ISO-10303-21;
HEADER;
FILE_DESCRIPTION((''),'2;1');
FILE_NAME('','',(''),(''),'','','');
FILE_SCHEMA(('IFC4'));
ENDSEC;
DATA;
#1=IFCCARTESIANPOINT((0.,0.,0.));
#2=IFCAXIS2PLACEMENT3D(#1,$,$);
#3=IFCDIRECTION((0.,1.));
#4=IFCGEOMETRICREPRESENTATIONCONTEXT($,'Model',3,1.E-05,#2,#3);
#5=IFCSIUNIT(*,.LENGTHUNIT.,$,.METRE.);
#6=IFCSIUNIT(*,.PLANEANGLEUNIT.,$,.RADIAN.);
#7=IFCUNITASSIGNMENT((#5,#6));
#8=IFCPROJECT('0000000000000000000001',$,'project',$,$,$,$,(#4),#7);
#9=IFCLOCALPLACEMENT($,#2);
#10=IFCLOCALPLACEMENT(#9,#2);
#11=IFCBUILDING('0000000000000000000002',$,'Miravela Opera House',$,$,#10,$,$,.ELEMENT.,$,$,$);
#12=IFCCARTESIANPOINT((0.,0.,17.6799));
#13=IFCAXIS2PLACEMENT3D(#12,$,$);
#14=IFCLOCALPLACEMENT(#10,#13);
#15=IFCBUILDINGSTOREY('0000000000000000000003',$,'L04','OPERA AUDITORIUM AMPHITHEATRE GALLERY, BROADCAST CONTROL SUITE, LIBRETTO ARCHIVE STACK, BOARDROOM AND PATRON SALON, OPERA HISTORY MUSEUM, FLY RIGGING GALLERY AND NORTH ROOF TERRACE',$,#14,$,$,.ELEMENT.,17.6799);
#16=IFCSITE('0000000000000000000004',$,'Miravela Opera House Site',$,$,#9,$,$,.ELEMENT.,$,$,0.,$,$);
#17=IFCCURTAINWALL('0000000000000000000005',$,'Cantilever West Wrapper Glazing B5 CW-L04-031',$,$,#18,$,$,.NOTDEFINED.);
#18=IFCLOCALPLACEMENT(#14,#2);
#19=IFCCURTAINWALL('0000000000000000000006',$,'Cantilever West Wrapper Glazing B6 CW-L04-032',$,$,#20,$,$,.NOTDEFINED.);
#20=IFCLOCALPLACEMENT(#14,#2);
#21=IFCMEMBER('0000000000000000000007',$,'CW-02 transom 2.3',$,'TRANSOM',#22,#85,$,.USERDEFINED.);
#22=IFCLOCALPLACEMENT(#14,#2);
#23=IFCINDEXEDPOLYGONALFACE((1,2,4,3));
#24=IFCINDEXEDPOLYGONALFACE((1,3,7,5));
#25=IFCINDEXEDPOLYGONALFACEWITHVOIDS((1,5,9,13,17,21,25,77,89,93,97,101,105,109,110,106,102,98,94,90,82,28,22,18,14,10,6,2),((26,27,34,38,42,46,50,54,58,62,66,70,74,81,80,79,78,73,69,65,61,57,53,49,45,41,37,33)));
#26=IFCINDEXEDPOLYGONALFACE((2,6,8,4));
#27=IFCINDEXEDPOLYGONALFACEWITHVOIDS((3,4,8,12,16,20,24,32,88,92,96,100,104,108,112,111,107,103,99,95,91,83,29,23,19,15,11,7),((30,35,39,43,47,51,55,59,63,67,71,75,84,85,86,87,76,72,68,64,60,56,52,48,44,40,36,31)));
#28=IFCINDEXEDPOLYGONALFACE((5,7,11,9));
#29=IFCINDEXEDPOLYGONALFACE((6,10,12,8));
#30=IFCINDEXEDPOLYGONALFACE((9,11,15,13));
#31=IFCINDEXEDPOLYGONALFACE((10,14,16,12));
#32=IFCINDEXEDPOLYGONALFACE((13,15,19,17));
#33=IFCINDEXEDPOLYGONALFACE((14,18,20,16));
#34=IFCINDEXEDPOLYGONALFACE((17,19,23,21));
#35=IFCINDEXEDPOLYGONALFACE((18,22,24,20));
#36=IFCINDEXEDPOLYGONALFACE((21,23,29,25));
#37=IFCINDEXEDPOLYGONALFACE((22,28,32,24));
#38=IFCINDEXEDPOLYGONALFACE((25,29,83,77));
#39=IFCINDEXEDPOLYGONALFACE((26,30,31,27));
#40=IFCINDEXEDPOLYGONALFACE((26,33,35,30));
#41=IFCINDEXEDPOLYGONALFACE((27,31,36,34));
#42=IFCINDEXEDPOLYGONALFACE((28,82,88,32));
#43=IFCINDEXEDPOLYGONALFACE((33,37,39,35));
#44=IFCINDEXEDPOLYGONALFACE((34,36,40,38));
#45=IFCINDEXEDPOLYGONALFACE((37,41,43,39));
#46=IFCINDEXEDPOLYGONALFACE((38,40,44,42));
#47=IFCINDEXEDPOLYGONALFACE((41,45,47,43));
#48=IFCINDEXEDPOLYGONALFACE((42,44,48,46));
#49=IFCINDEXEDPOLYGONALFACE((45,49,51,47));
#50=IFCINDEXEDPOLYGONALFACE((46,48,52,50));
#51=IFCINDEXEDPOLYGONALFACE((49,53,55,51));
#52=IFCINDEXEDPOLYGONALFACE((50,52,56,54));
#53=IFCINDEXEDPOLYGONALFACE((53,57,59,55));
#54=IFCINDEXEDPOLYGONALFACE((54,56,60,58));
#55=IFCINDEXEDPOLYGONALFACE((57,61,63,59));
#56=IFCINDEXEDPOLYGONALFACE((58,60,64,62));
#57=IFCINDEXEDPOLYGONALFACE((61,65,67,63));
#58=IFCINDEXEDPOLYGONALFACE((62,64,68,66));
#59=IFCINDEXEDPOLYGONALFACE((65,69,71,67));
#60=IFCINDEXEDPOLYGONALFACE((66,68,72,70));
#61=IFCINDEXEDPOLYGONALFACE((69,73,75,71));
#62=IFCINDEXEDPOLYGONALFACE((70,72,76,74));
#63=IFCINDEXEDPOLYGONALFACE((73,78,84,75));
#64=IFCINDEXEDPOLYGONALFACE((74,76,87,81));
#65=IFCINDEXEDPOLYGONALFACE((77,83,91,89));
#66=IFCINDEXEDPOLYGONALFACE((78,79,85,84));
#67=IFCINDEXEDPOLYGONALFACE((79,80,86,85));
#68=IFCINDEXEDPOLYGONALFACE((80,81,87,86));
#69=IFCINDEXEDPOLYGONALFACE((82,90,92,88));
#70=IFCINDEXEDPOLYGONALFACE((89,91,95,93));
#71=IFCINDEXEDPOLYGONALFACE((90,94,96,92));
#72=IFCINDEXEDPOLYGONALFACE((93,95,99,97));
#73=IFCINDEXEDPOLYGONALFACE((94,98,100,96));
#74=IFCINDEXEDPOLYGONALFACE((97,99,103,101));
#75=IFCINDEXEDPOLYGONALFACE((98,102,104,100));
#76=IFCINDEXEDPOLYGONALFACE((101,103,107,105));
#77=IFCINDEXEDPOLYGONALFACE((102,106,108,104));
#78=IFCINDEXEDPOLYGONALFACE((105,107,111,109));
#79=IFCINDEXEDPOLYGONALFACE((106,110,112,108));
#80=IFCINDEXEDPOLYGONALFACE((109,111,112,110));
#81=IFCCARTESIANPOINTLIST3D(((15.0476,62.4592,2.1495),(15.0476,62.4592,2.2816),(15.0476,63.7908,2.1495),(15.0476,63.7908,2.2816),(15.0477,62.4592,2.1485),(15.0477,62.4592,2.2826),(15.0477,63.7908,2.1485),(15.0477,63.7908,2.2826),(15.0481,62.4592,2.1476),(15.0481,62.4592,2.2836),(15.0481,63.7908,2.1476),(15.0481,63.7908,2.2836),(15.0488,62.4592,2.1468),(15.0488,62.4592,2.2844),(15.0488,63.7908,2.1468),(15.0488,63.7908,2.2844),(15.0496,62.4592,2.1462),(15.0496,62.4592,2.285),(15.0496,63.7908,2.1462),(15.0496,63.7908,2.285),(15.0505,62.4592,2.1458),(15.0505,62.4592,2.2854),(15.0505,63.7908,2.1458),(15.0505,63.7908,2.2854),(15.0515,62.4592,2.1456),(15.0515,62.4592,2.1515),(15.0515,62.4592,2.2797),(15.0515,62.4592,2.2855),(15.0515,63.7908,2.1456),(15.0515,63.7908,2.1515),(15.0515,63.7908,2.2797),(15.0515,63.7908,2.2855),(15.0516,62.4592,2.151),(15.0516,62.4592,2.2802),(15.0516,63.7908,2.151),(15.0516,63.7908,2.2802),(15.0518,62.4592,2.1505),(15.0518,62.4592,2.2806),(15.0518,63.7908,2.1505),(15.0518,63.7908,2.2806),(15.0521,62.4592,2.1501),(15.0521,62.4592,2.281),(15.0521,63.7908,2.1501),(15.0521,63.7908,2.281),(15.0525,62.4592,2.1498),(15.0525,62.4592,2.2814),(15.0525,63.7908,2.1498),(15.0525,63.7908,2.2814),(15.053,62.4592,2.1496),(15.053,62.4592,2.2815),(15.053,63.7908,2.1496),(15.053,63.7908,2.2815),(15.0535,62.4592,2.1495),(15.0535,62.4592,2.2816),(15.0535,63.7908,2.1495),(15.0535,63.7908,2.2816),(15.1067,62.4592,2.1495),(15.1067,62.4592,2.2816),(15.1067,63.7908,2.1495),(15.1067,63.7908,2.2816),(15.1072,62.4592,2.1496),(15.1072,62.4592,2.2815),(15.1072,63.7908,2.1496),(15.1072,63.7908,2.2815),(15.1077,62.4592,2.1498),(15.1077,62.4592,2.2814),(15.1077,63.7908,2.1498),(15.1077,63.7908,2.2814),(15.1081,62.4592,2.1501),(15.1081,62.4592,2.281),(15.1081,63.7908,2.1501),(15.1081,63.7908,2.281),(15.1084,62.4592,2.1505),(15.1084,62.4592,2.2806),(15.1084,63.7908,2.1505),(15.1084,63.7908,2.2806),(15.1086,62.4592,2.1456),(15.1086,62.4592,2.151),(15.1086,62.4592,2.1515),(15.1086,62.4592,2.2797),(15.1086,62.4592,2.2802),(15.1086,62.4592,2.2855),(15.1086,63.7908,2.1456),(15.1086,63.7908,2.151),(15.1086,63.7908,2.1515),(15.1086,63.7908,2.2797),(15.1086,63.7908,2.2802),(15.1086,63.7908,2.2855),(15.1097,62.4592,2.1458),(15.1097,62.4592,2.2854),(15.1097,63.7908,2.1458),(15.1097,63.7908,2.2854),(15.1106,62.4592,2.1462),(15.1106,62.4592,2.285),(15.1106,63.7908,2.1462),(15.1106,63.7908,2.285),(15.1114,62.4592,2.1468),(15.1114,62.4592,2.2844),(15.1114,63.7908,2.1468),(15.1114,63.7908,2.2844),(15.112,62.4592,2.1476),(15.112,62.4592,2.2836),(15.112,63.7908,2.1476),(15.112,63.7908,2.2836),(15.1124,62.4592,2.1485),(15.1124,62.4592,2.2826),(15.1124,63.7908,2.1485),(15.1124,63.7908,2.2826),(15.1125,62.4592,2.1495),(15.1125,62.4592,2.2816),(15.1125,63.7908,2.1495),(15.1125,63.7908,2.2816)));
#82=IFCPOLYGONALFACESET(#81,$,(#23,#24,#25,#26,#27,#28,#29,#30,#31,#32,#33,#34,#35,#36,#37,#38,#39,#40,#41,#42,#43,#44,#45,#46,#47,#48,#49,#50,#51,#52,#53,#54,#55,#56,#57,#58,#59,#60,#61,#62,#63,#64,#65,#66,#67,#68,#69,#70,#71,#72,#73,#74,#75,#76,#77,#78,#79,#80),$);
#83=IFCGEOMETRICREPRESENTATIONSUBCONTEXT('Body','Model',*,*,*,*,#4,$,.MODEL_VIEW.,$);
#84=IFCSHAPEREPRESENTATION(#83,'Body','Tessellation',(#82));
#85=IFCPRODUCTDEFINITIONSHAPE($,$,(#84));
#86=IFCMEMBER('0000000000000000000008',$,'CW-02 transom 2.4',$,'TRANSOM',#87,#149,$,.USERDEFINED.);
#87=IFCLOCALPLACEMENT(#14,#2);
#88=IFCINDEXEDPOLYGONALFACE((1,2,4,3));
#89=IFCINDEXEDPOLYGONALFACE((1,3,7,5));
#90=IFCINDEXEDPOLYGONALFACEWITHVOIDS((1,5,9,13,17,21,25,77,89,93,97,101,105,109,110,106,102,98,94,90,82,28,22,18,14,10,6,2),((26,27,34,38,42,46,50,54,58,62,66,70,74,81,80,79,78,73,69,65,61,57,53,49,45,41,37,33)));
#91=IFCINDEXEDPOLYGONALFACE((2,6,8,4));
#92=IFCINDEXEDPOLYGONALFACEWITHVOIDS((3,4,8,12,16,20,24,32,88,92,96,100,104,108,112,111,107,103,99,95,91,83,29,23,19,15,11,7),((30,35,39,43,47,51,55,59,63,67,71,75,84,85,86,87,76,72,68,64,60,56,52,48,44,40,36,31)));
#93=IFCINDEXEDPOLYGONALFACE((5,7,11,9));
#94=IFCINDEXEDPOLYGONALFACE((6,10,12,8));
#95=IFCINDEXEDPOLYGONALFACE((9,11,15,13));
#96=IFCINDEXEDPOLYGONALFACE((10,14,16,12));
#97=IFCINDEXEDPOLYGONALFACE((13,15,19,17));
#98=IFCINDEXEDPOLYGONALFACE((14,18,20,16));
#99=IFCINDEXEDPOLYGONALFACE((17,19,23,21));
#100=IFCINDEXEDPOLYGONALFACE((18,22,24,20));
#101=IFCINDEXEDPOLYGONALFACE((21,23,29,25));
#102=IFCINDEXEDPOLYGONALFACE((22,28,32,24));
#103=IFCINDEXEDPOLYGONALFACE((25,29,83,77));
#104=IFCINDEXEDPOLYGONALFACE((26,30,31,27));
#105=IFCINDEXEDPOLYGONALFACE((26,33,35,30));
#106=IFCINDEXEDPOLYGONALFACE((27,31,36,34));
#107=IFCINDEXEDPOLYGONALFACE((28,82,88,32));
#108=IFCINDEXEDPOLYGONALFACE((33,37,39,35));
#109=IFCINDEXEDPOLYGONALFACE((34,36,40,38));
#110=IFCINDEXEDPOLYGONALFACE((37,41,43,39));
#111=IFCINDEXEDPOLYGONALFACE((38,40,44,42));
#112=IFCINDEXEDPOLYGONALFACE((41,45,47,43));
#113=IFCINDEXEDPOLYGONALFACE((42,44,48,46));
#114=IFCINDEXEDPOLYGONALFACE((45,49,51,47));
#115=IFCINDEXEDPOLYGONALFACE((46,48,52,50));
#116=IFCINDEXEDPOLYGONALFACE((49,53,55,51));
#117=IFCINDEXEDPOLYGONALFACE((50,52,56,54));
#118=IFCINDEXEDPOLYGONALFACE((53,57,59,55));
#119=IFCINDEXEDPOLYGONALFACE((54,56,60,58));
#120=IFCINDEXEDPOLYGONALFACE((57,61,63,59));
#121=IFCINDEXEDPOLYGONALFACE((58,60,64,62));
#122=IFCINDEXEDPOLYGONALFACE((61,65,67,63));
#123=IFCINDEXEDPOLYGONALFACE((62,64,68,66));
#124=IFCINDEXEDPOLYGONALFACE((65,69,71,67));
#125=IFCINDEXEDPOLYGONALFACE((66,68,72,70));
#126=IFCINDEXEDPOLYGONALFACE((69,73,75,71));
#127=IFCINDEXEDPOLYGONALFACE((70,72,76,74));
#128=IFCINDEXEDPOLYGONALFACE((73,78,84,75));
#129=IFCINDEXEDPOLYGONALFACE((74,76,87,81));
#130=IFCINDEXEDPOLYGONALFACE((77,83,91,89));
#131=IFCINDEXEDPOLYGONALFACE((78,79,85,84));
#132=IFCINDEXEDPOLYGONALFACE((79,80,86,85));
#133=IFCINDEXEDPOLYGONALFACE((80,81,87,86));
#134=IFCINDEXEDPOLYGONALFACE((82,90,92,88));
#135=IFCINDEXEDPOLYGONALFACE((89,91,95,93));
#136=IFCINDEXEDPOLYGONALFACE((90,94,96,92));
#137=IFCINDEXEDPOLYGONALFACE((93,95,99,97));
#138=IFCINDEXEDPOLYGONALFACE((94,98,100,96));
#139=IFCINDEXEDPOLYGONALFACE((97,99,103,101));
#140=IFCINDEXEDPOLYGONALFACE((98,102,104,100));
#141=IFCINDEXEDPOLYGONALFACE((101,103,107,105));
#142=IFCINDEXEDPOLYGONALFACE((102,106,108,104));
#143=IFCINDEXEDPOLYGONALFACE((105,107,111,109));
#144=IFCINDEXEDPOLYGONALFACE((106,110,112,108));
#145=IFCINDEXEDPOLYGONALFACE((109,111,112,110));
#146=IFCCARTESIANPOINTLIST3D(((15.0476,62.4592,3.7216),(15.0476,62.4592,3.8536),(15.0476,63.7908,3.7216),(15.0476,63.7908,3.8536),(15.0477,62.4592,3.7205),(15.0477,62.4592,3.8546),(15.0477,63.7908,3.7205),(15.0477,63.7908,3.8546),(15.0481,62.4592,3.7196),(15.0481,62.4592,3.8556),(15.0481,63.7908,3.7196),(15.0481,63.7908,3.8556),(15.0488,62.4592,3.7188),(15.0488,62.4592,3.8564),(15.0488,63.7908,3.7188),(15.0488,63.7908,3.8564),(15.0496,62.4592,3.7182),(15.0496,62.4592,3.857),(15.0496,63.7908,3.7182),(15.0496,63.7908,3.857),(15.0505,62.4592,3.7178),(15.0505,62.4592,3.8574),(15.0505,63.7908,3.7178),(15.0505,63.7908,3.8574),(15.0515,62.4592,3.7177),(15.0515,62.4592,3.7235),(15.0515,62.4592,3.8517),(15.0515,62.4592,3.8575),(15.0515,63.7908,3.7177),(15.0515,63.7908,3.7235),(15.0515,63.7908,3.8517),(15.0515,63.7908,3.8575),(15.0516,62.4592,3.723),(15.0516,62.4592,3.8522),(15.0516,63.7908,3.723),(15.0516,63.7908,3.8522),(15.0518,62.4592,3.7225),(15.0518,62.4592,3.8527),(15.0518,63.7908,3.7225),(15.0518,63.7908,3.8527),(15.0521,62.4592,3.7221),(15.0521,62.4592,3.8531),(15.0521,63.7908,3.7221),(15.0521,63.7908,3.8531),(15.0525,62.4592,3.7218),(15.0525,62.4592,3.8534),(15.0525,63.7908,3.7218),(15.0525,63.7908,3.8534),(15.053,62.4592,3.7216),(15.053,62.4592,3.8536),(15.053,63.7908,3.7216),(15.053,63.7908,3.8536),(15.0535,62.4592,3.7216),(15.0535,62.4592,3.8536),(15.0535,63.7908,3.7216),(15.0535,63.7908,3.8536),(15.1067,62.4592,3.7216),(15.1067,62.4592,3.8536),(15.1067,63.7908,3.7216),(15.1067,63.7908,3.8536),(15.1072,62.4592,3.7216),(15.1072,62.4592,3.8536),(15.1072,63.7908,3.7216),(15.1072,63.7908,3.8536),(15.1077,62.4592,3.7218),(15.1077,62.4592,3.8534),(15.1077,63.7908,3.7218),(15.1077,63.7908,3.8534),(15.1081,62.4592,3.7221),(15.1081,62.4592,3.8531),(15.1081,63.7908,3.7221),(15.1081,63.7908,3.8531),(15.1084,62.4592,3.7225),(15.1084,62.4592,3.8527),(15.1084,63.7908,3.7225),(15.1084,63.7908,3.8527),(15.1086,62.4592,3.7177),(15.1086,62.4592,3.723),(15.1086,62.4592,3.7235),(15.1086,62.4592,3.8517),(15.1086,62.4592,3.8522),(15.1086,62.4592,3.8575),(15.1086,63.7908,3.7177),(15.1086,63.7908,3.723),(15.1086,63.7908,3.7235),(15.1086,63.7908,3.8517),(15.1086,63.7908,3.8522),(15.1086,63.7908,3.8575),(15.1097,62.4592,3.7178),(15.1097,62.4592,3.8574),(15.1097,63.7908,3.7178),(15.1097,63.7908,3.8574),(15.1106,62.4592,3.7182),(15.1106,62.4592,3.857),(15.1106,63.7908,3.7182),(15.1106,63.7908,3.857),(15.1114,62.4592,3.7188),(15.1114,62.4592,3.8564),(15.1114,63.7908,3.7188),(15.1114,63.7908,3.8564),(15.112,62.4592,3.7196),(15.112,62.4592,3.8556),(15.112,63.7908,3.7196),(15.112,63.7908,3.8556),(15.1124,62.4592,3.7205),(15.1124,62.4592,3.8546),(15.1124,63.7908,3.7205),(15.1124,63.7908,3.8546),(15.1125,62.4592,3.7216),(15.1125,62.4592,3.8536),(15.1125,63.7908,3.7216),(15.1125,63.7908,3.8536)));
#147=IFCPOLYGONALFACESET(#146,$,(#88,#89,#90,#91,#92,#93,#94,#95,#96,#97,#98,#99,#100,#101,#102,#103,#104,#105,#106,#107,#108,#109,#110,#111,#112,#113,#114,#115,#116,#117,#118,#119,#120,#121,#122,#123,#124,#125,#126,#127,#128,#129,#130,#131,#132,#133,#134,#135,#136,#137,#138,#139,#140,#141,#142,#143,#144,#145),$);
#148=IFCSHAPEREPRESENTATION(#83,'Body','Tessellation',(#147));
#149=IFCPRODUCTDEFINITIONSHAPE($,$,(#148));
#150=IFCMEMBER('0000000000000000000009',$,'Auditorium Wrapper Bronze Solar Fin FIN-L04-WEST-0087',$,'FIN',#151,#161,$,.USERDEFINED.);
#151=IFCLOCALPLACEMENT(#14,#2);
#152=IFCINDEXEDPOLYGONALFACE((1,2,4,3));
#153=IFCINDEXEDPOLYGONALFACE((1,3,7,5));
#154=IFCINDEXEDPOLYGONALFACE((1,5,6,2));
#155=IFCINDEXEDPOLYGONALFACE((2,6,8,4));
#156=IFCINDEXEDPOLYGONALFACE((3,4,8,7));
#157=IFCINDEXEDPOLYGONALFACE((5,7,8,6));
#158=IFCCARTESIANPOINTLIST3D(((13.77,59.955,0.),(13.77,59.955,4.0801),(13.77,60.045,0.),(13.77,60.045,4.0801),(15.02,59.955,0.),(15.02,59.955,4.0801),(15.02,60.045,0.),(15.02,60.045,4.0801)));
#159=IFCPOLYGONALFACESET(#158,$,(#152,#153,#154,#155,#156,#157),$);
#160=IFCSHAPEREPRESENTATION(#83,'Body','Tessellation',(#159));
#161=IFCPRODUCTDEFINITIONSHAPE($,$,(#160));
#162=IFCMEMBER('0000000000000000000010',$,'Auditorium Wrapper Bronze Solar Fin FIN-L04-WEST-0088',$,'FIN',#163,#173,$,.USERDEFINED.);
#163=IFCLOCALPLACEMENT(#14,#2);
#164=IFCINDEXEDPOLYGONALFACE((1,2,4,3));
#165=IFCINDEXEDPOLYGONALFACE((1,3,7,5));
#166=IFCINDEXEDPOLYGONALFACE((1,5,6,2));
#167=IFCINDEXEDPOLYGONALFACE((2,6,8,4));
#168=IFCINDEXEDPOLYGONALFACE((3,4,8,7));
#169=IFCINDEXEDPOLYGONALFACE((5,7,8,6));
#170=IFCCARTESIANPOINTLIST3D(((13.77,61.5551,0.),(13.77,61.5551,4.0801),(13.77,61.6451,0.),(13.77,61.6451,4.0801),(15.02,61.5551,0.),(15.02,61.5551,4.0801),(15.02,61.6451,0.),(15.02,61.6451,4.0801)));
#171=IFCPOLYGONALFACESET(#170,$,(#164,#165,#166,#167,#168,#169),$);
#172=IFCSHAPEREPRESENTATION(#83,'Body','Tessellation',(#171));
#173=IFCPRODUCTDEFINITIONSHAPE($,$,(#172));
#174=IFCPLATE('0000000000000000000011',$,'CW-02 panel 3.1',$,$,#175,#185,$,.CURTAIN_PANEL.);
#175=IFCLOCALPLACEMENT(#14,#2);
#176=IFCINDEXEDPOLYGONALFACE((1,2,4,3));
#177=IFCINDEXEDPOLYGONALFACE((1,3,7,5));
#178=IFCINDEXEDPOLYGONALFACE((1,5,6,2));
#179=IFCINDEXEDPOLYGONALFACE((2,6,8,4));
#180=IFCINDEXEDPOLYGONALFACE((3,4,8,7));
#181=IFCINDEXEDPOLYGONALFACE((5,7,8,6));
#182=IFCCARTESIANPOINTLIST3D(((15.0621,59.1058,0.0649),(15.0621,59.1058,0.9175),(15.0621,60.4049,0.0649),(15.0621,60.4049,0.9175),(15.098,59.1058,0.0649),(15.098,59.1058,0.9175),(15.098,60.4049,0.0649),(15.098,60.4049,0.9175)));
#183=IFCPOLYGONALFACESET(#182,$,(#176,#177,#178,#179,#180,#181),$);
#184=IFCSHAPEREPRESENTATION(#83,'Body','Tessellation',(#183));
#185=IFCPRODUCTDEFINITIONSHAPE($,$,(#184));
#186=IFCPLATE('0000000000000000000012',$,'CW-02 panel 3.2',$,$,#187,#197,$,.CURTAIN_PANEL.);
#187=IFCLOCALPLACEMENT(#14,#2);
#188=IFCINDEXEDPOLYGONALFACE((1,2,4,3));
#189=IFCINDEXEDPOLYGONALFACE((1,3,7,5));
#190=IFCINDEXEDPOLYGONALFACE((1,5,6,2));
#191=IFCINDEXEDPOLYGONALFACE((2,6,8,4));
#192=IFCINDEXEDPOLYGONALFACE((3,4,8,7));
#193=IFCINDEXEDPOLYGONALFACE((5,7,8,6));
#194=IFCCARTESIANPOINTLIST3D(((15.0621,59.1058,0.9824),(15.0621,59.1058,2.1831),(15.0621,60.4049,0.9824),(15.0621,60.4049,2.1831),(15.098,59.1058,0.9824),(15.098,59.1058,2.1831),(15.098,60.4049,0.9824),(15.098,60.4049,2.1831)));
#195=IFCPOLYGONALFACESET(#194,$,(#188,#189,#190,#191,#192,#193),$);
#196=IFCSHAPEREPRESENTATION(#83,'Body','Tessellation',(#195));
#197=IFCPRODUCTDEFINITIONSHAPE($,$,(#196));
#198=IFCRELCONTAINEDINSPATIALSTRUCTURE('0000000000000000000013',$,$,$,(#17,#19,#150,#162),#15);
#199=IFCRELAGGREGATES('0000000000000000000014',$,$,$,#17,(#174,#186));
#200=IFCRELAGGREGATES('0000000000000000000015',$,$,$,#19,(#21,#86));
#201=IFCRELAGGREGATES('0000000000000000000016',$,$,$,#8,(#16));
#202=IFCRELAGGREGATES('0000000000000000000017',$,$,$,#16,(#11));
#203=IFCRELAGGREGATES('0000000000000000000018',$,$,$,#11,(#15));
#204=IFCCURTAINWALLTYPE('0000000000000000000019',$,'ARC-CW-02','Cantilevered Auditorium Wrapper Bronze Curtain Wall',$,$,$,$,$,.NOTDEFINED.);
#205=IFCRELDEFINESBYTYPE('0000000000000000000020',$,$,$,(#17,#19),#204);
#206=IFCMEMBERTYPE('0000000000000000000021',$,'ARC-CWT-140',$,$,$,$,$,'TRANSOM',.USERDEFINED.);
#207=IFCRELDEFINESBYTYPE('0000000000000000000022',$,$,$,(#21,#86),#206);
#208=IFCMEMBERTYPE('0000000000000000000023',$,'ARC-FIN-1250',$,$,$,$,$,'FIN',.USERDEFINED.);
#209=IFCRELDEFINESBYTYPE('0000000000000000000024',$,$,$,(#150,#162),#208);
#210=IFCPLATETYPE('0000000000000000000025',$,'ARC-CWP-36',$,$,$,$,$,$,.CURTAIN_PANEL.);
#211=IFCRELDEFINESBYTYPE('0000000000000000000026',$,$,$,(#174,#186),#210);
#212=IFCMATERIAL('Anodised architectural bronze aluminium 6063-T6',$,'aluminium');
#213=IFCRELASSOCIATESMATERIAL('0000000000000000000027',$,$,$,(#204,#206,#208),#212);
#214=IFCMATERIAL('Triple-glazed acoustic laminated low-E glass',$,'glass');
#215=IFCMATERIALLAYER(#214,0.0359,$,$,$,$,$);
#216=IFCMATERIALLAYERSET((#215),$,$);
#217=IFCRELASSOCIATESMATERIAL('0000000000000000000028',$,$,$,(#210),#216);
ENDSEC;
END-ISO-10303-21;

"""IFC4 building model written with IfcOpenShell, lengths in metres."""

from ifc_helpers import new_model, si_unit, direction, frame, origin, origin_2d, place, context, subcontext, project, spatial, rectangle, hollow_rectangle, extrude, material, layer, layer_set, material_profile, profile_set, type_object, element, aggregate, save


model = new_model("IFC4")

# Units and contexts
model_context = context("Model", 3, precision=1e-05, world=origin(), true_north=direction((0.0, 1.0)))
body_context = subcontext(model_context, "Body", "Model", "MODEL_VIEW")
ifc_project = project(units=[si_unit("LENGTHUNIT", "METRE"), si_unit("PLANEANGLEUNIT", "RADIAN")], contexts=[model_context])

# Site, building, storey
site_placement = place(None, origin())
site = spatial("IfcSite", under=ifc_project, at=site_placement, Name="Miravela Opera House Site", CompositionType="ELEMENT", RefElevation=0.0)
building_placement = place(site_placement, origin())
building = spatial("IfcBuilding", under=site, at=building_placement, Name="Miravela Opera House", CompositionType="ELEMENT")
storey_placement = place(building_placement, frame((0.0, 0.0, 17.6799)))
storey = spatial("IfcBuildingStorey", under=building, at=storey_placement, Name="L04", Description="OPERA AUDITORIUM AMPHITHEATRE GALLERY, BROADCAST CONTROL SUITE, LIBRETTO ARCHIVE STACK, BOARDROOM AND PATRON SALON, OPERA HISTORY MUSEUM, FLY RIGGING GALLERY AND NORTH ROOF TERRACE", CompositionType="ELEMENT", Elevation=17.6799)

# Curtain wall
ifc_material_1 = material(Name="Anodised architectural bronze aluminium 6063-T6", Category="aluminium")
curtain_wall_type = type_object("IfcCurtainWallType", Name="ARC-CW-02", Description="Cantilevered Auditorium Wrapper Bronze Curtain Wall", PredefinedType="NOTDEFINED", material=ifc_material_1)
curtain_wall_1_placement = place(storey_placement, origin())
curtain_wall_1 = element("IfcCurtainWall", 1, at=curtain_wall_1_placement, inside=storey, type_object=curtain_wall_type, Name="Cantilever West Wrapper Glazing B5 CW-L04-031", PredefinedType="NOTDEFINED")

# Curtain wall
curtain_wall_2_placement = place(storey_placement, origin())
curtain_wall_2 = element("IfcCurtainWall", 2, at=curtain_wall_2_placement, inside=storey, type_object=curtain_wall_type, Name="Cantilever West Wrapper Glazing B6 CW-L04-032", PredefinedType="NOTDEFINED")

# Members
ifc_material_profile_1 = material_profile(ifc_material_1, hollow_rectangle(XDim=0.0649, YDim=0.1399, WallThickness=0.0039, InnerFilletRadius=0.002, OuterFilletRadius=0.0039, at=origin_2d()), Name="CWT-65X140")
ifc_profile_set_1 = profile_set([ifc_material_profile_1])
member_type_1 = type_object("IfcMemberType", Name="ARC-CWT-140", ElementType="TRANSOM", PredefinedType="USERDEFINED", material=ifc_profile_set_1)
member_1_placement = place(storey_placement, frame((15.0801, 62.4592, 2.2156), z_axis=(0.0, 1.0, 0.0), x_axis=(-1.0, 0.0, 0.0)))
member_1 = element("IfcMember", 3, at=member_1_placement, type_object=member_type_1, Name="CW-02 transom 2.3", ObjectType="TRANSOM", PredefinedType="USERDEFINED", context=body_context, shape_type="SweptSolid", body=[
    extrude(hollow_rectangle(XDim=0.0649, YDim=0.1399, WallThickness=0.0039, InnerFilletRadius=0.002, OuterFilletRadius=0.0039, at=origin_2d()), origin(), (0.0, 0.0, 1.0), 1.3315),
])
member_2_placement = place(storey_placement, frame((15.0801, 62.4592, 3.7876), z_axis=(0.0, 1.0, 0.0), x_axis=(-1.0, 0.0, 0.0)))
member_2 = element("IfcMember", 4, at=member_2_placement, type_object=member_type_1, Name="CW-02 transom 2.4", ObjectType="TRANSOM", PredefinedType="USERDEFINED", context=body_context, shape_type="SweptSolid", body=[
    extrude(hollow_rectangle(XDim=0.0649, YDim=0.1399, WallThickness=0.0039, InnerFilletRadius=0.002, OuterFilletRadius=0.0039, at=origin_2d()), origin(), (0.0, 0.0, 1.0), 1.3315),
])

# Members
ifc_material_profile_2 = material_profile(ifc_material_1, rectangle(XDim=0.0901, YDim=1.25, at=origin_2d()), Name="FIN-1250X90")
ifc_profile_set_2 = profile_set([ifc_material_profile_2])
member_type_2 = type_object("IfcMemberType", Name="ARC-FIN-1250", ElementType="FIN", PredefinedType="USERDEFINED", material=ifc_profile_set_2)
for number, where, z_axis, x_axis, name in (
    (5, (14.395, 60.0, 0.0), (0.0, 0.0, 1.0), (0.0, 1.0, 0.0), "Auditorium Wrapper Bronze Solar Fin FIN-L04-WEST-0087"),
    (6, (14.395, 61.6001, 0.0), (0.0, 0.0, 1.0), (0.0, 1.0, 0.0), "Auditorium Wrapper Bronze Solar Fin FIN-L04-WEST-0088"),
):
    element("IfcMember", number, at=place(storey_placement, frame(where, z_axis=z_axis, x_axis=x_axis)), inside=storey, type_object=member_type_2, Name=name, ObjectType="FIN", PredefinedType="USERDEFINED", context=body_context, shape_type="SweptSolid", body=[
        extrude(rectangle(XDim=0.0901, YDim=1.25, at=origin_2d()), origin(), (0.0, 0.0, 1.0), 4.0801),
    ])

# Plates
ifc_material_2 = material(Name="Triple-glazed acoustic laminated low-E glass", Category="glass")
ifc_layer = layer(ifc_material_2, 0.0359)
ifc_layer_set = layer_set([ifc_layer])
plate_type = type_object("IfcPlateType", Name="ARC-CWP-36", PredefinedType="CURTAIN_PANEL", material=ifc_layer_set)
plate_1_placement = place(storey_placement, frame((15.0801, 59.7554, 0.0649), z_axis=(0.0, 0.0, 1.0), x_axis=(0.0, 1.0, 0.0)))
plate_1 = element("IfcPlate", 7, at=plate_1_placement, type_object=plate_type, Name="CW-02 panel 3.1", PredefinedType="CURTAIN_PANEL", context=body_context, shape_type="SweptSolid", body=[
    extrude(rectangle(XDim=1.2991, YDim=0.0359, at=origin_2d()), origin(), (0.0, 0.0, 1.0), 0.8525),
])
plate_2_placement = place(storey_placement, frame((15.0801, 59.7554, 0.9824), z_axis=(0.0, 0.0, 1.0), x_axis=(0.0, 1.0, 0.0)))
plate_2 = element("IfcPlate", 8, at=plate_2_placement, type_object=plate_type, Name="CW-02 panel 3.2", PredefinedType="CURTAIN_PANEL", context=body_context, shape_type="SweptSolid", body=[
    extrude(rectangle(XDim=1.2991, YDim=0.0359, at=origin_2d()), origin(), (0.0, 0.0, 1.0), 1.2007),
])
aggregate(curtain_wall_1, [plate_1, plate_2])
aggregate(curtain_wall_2, [member_1, member_2])

save(model, "model.ifc")
